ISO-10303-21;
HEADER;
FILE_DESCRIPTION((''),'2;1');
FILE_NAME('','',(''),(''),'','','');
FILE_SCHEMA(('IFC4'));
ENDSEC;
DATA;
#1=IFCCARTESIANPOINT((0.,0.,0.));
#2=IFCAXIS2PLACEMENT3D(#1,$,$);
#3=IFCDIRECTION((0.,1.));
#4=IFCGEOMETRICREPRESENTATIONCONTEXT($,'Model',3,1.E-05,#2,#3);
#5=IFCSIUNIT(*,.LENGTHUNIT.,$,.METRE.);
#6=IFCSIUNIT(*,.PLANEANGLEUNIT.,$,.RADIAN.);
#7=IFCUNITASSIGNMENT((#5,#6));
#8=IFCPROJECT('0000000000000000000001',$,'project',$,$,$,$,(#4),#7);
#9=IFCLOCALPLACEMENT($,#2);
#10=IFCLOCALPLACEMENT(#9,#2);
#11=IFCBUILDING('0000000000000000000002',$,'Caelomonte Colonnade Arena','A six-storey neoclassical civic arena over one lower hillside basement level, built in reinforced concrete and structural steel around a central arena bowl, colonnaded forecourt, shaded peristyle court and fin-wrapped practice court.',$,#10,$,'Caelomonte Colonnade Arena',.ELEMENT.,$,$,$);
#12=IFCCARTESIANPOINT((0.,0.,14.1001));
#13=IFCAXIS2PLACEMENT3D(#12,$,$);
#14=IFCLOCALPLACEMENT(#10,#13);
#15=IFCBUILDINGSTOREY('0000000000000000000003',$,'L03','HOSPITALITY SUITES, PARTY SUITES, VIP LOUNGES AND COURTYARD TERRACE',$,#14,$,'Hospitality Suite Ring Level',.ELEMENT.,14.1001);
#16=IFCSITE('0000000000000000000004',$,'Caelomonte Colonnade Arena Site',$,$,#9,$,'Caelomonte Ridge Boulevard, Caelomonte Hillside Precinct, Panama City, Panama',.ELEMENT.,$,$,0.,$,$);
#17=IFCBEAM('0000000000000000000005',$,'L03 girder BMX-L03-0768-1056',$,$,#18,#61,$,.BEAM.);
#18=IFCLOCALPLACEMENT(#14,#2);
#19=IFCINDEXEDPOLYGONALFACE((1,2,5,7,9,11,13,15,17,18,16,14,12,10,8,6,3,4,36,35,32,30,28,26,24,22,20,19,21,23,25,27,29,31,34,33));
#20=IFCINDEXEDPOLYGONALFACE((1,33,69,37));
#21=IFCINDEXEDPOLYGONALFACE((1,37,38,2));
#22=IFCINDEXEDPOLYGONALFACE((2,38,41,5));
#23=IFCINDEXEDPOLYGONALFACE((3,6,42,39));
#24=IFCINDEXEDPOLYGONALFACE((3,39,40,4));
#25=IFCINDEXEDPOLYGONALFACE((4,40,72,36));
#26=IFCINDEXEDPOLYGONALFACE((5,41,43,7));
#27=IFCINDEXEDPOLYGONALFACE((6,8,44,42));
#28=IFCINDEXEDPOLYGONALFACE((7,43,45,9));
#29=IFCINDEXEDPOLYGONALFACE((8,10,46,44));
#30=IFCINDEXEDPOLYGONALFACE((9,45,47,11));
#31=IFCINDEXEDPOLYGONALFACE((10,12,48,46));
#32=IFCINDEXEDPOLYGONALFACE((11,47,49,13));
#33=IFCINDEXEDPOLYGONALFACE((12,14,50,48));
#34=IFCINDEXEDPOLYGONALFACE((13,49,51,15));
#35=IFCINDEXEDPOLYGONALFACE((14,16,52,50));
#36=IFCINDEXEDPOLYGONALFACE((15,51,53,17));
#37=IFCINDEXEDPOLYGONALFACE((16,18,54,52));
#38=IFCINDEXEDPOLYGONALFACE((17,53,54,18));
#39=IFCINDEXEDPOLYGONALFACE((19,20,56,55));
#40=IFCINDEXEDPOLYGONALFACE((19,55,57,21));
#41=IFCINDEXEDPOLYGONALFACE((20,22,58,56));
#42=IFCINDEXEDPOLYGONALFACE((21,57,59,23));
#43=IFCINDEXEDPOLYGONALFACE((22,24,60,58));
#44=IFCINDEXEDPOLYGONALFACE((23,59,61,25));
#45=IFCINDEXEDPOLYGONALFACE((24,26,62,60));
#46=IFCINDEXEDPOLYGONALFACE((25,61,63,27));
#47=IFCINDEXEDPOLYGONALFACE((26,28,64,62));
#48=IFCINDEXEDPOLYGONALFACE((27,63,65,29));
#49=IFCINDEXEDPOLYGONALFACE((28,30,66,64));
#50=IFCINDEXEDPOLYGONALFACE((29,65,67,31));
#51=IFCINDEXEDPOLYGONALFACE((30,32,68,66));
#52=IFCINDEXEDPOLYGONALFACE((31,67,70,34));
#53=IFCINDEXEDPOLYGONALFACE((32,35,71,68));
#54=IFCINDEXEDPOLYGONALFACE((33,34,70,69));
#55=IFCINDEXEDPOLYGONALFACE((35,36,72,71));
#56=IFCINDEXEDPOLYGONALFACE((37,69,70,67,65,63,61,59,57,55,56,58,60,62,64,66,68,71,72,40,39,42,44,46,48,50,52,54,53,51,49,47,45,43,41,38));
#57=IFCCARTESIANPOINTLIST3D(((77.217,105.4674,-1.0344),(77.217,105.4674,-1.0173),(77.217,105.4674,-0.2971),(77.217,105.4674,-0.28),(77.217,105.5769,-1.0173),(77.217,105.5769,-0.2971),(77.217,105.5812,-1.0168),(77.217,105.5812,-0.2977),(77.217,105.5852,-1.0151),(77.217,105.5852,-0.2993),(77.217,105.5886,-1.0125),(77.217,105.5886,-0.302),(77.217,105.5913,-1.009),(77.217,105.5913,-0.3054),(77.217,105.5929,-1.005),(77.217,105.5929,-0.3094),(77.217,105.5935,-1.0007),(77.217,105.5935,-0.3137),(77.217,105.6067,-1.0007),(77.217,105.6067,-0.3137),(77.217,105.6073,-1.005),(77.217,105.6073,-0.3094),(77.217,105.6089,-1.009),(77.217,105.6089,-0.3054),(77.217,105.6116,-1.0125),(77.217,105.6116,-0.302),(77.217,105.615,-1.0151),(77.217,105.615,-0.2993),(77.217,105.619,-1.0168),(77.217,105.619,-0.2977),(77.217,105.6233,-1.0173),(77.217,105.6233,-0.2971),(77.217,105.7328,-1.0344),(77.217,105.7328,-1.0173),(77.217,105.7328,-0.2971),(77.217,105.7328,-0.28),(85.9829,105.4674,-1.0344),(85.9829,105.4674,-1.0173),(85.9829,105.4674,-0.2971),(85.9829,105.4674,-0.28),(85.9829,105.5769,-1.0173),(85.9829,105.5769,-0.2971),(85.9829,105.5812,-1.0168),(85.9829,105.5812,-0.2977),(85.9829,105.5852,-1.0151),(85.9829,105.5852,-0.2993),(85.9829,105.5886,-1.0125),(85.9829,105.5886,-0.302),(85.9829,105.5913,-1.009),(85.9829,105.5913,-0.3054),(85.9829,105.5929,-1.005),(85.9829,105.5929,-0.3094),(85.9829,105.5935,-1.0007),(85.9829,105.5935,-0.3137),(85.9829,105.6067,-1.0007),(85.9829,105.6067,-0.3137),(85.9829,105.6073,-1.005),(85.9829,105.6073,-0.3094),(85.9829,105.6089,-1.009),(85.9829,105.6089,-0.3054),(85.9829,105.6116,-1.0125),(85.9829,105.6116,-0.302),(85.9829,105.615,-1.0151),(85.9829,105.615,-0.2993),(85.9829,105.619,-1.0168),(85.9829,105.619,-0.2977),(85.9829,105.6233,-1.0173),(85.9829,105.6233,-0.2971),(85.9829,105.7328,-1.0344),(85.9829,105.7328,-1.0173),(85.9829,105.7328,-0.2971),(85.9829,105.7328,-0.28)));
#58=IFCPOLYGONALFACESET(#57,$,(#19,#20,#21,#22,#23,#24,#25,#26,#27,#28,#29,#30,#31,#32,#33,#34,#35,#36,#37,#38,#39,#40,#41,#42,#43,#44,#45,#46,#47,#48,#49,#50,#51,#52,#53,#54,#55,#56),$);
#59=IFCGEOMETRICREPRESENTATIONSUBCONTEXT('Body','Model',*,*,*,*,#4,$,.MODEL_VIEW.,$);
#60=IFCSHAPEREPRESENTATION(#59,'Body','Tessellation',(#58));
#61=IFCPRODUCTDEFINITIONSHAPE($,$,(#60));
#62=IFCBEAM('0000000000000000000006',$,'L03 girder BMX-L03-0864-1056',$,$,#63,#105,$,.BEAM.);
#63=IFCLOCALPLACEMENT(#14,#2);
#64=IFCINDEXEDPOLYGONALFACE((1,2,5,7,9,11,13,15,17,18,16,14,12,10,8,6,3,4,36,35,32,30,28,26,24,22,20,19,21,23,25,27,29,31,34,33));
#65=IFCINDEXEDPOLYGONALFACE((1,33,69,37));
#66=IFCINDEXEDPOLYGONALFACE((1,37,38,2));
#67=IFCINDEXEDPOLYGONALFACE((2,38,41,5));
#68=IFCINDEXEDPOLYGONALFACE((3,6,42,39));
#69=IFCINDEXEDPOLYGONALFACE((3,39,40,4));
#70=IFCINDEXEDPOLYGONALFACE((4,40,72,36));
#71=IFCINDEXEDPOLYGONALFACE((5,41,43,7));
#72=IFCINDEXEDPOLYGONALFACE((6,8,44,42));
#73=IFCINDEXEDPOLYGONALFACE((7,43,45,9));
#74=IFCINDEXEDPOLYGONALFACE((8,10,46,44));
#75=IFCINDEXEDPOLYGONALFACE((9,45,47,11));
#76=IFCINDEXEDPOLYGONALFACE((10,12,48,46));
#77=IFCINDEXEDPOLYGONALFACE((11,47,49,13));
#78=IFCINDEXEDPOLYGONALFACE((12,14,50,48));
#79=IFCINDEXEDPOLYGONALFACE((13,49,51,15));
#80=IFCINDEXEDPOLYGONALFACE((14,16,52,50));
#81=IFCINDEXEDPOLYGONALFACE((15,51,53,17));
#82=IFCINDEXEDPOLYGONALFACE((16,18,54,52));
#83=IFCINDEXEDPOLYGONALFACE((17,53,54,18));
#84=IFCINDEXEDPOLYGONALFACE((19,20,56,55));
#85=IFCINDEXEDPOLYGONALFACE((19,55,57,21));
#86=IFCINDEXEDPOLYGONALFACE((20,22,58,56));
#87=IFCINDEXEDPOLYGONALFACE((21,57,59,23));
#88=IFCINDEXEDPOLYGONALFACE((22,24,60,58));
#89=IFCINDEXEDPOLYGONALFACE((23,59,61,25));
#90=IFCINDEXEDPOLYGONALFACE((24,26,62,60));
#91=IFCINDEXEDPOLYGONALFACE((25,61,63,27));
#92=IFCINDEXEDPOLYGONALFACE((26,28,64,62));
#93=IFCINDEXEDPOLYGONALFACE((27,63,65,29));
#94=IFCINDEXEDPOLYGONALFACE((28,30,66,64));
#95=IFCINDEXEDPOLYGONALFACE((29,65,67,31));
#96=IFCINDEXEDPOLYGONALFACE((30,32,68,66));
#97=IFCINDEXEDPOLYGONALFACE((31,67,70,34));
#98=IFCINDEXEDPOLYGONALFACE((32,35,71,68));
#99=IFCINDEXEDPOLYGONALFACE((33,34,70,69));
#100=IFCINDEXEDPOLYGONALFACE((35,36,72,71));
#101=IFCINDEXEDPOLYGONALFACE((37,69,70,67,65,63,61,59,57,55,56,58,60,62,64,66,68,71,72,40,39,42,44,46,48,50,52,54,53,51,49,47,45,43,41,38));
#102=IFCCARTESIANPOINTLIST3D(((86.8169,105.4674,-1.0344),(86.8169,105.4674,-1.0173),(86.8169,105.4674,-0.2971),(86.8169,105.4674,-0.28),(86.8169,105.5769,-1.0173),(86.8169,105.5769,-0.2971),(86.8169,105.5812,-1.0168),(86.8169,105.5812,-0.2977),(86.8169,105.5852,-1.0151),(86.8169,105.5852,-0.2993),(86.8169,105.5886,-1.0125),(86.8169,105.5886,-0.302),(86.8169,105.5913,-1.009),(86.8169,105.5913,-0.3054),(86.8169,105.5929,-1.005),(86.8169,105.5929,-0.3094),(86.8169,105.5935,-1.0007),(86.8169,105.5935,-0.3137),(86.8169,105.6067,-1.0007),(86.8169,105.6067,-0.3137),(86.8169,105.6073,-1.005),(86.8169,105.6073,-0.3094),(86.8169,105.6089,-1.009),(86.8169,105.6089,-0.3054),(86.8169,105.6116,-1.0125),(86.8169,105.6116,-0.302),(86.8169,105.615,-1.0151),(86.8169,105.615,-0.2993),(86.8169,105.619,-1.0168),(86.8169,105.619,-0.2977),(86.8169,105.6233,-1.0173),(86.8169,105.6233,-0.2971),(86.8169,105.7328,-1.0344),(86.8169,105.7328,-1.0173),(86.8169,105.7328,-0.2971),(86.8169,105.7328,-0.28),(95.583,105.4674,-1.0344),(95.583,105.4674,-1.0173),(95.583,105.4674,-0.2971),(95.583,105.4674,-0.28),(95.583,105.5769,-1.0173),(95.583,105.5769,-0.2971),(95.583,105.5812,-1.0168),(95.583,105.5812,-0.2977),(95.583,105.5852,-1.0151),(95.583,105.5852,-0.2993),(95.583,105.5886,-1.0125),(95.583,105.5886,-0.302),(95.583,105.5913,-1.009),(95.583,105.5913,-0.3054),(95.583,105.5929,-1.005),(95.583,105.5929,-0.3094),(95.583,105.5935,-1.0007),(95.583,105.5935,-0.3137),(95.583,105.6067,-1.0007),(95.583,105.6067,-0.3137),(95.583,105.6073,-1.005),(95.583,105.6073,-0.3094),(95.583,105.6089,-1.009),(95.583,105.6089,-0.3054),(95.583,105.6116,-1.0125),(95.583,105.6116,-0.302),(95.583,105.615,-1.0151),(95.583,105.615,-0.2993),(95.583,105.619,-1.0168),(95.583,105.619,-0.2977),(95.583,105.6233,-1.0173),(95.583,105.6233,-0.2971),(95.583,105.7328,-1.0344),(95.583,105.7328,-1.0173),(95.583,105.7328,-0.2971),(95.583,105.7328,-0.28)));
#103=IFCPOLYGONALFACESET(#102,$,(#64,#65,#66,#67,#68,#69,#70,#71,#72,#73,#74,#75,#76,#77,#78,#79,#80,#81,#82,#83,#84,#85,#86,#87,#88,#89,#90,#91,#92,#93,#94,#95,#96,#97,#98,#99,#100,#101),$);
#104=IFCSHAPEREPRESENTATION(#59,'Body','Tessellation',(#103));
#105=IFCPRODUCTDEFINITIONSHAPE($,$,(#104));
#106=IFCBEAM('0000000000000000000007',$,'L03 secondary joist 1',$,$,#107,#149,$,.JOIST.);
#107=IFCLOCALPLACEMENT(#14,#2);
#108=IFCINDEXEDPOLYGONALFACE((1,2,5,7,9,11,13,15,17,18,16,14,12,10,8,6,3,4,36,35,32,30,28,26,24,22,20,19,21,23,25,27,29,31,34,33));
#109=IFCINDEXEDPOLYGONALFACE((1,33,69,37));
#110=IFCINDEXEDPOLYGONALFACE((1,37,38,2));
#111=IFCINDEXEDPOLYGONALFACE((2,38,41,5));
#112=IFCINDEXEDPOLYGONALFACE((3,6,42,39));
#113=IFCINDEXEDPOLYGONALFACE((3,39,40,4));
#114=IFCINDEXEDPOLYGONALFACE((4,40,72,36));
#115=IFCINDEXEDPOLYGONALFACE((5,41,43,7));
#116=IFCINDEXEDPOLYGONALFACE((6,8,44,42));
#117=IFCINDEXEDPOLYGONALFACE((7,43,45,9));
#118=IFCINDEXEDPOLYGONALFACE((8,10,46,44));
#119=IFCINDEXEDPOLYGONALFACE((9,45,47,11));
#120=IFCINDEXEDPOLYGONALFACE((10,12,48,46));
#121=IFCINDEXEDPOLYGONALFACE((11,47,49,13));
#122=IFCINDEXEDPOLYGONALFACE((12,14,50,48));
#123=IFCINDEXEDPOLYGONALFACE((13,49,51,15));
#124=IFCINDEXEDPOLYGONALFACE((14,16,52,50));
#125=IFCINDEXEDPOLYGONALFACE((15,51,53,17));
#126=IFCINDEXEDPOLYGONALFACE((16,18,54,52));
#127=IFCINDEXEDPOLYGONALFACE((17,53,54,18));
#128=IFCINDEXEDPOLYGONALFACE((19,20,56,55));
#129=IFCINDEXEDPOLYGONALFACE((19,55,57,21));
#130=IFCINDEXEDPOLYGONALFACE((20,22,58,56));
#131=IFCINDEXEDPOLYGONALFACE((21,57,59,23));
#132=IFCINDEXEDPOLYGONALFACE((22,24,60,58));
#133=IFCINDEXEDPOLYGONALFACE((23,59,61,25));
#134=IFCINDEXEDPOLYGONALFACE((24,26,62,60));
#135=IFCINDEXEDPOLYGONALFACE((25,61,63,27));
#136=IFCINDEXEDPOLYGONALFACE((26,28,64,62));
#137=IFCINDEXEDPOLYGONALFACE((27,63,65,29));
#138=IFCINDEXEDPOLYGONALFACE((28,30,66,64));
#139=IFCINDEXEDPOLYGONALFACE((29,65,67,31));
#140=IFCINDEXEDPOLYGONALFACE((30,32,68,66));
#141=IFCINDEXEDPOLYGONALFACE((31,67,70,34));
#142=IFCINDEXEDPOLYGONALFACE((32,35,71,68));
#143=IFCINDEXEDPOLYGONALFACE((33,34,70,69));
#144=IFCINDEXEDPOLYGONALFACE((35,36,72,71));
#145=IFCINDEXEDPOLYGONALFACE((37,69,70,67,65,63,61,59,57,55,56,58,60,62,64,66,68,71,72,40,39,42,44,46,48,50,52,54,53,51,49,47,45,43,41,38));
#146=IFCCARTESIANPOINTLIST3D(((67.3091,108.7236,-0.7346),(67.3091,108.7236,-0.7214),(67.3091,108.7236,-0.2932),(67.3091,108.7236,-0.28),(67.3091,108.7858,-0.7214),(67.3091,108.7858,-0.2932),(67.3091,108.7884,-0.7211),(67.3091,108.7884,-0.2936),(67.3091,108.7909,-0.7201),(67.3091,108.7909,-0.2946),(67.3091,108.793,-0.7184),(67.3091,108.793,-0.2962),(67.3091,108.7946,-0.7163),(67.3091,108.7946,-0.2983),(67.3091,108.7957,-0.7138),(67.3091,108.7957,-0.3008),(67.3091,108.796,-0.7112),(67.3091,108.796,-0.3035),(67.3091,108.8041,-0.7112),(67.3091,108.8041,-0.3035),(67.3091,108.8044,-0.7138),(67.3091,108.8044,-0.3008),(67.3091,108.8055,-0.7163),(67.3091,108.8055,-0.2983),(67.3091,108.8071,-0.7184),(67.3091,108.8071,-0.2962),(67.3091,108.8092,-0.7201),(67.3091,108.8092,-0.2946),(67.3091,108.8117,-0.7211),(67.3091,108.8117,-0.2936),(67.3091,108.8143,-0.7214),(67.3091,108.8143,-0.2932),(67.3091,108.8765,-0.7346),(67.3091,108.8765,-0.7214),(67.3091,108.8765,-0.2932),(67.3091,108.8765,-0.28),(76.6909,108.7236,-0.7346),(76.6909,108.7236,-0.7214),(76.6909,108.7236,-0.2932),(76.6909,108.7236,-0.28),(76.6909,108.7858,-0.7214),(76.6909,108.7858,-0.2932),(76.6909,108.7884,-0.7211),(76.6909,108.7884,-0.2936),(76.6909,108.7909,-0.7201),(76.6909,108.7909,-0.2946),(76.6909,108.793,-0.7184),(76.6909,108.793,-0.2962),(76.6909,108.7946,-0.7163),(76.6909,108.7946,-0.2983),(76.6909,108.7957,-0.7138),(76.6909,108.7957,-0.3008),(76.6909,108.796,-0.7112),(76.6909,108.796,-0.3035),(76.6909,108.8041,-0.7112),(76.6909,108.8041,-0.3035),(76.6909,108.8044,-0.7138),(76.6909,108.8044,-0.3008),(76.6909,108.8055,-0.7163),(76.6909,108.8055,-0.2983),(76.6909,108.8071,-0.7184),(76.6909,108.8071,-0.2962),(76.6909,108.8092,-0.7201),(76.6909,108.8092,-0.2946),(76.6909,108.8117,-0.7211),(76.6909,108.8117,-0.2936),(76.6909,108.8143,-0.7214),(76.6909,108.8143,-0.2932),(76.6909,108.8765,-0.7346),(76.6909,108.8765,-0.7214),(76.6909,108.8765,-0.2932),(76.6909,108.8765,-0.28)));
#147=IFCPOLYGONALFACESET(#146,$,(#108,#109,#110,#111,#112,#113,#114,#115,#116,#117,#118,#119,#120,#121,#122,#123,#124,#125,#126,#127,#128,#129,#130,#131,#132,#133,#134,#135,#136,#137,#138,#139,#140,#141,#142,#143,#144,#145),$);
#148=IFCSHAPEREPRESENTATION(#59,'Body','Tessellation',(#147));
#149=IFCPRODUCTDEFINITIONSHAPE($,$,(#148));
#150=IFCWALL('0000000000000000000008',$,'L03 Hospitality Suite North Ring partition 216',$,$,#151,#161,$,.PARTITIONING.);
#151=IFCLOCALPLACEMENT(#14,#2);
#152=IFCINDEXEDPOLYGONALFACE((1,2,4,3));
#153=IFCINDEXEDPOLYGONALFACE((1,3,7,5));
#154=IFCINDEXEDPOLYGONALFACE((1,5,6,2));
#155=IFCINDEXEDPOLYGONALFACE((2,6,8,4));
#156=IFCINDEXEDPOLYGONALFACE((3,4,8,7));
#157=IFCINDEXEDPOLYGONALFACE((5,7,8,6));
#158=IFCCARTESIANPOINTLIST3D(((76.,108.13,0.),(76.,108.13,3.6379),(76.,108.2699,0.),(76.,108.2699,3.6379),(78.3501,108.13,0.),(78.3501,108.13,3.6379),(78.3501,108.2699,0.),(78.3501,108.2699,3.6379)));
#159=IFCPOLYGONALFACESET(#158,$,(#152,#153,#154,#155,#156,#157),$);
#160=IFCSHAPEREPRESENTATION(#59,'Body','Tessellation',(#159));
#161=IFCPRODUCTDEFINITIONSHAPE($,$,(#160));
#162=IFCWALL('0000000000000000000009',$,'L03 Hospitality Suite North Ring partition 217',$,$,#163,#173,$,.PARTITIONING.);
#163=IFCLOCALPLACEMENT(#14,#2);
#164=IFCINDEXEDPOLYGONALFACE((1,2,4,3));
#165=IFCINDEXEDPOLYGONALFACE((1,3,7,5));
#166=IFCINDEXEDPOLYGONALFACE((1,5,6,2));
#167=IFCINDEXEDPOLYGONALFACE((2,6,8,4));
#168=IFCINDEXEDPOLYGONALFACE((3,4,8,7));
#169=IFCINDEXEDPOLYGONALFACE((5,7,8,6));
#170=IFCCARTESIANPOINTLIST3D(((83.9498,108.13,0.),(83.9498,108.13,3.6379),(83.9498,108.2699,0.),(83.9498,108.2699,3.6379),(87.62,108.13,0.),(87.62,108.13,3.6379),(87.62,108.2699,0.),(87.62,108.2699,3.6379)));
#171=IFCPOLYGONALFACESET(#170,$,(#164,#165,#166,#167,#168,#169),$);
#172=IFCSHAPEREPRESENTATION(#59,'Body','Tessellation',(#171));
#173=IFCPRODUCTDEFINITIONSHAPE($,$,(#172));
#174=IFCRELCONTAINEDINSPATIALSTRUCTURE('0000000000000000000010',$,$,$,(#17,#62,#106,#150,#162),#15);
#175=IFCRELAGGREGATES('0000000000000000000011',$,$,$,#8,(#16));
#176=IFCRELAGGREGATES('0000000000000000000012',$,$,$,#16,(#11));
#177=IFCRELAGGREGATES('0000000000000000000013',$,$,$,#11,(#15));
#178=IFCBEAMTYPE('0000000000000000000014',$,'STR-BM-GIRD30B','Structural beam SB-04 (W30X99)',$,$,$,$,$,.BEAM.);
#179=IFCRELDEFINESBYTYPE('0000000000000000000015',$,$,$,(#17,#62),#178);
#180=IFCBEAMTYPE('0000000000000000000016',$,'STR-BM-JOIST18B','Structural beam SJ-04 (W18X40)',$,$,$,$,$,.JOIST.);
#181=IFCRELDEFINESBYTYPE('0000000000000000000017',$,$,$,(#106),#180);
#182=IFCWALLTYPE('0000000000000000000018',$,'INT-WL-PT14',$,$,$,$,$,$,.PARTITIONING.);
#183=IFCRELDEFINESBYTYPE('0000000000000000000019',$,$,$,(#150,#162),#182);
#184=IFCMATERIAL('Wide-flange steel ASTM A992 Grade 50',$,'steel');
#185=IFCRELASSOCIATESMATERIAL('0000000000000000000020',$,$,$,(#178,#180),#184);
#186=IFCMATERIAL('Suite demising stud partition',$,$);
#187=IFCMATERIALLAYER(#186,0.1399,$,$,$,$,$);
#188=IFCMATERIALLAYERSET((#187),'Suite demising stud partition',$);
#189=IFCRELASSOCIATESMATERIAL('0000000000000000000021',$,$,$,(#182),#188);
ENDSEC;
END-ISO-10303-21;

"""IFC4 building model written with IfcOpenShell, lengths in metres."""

from ifc_helpers import new_model, si_unit, direction, frame, frame_2d, origin, origin_2d, place, context, subcontext, project, spatial, rectangle, i_section, extrude, material, layer, layer_set, material_profile, profile_set, type_object, element, save


model = new_model("IFC4")

# Units and contexts
model_context = context("Model", 3, precision=1e-05, world=origin(), true_north=direction((0.0, 1.0)))
body_context = subcontext(model_context, "Body", "Model", "MODEL_VIEW")
ifc_project = project(units=[si_unit("LENGTHUNIT", "METRE"), si_unit("PLANEANGLEUNIT", "RADIAN")], contexts=[model_context])

# Site, building, storey
site_placement = place(None, origin())
site = spatial("IfcSite", under=ifc_project, at=site_placement, Name="Caelomonte Colonnade Arena Site", LongName="Caelomonte Ridge Boulevard, Caelomonte Hillside Precinct, Panama City, Panama", CompositionType="ELEMENT", RefElevation=0.0)
building_placement = place(site_placement, origin())
building = spatial("IfcBuilding", under=site, at=building_placement, Name="Caelomonte Colonnade Arena", Description="A six-storey neoclassical civic arena over one lower hillside basement level, built in reinforced concrete and structural steel around a central arena bowl, colonnaded forecourt, shaded peristyle court and fin-wrapped practice court.", LongName="Caelomonte Colonnade Arena", CompositionType="ELEMENT")
storey_placement = place(building_placement, frame((0.0, 0.0, 14.1001)))
storey = spatial("IfcBuildingStorey", under=building, at=storey_placement, Name="L03", Description="HOSPITALITY SUITES, PARTY SUITES, VIP LOUNGES AND COURTYARD TERRACE", LongName="Hospitality Suite Ring Level", CompositionType="ELEMENT", Elevation=14.1001)

# Beams
ifc_material_1 = material(Name="Wide-flange steel ASTM A992 Grade 50", Category="steel")
ifc_material_profile_1 = material_profile(ifc_material_1, i_section(OverallWidth=0.2654, OverallDepth=0.7544, WebThickness=0.0132, FlangeThickness=0.0171, FilletRadius=0.0166, at=origin_2d()), Name="W30X99")
ifc_profile_set_1 = profile_set([ifc_material_profile_1], Name="Wide-flange steel ASTM A992 Grade 50")
beam_type_1 = type_object("IfcBeamType", Name="STR-BM-GIRD30B", Description="Structural beam SB-04 (W30X99)", PredefinedType="BEAM", material=ifc_profile_set_1)
beam_1_placement = place(storey_placement, frame((77.217, 105.6001, -0.6572), z_axis=(1.0, 0.0, 0.0), x_axis=(0.0, 1.0, 0.0)))
element("IfcBeam", 1, at=beam_1_placement, inside=storey, type_object=beam_type_1, Name="L03 girder BMX-L03-0768-1056", PredefinedType="BEAM", context=body_context, shape_type="SweptSolid", body=[
    extrude(i_section(OverallWidth=0.2654, OverallDepth=0.7544, WebThickness=0.0132, FlangeThickness=0.0171, FilletRadius=0.0166, at=origin_2d()), origin(), (0.0, 0.0, 1.0), 8.7659),
])
beam_2_placement = place(storey_placement, frame((86.8169, 105.6001, -0.6572), z_axis=(1.0, 0.0, 0.0), x_axis=(0.0, 1.0, 0.0)))
element("IfcBeam", 2, at=beam_2_placement, inside=storey, type_object=beam_type_1, Name="L03 girder BMX-L03-0864-1056", PredefinedType="BEAM", context=body_context, shape_type="SweptSolid", body=[
    extrude(i_section(OverallWidth=0.2654, OverallDepth=0.7544, WebThickness=0.0132, FlangeThickness=0.0171, FilletRadius=0.0166, at=origin_2d()), origin(), (0.0, 0.0, 1.0), 8.7661),
])
ifc_material_profile_2 = material_profile(ifc_material_1, i_section(OverallWidth=0.1528, OverallDepth=0.4546, WebThickness=0.0081, FlangeThickness=0.0132, FilletRadius=0.0103, at=origin_2d()), Name="W18X40")
ifc_profile_set_2 = profile_set([ifc_material_profile_2], Name="Wide-flange steel ASTM A992 Grade 50")
beam_type_2 = type_object("IfcBeamType", Name="STR-BM-JOIST18B", Description="Structural beam SJ-04 (W18X40)", PredefinedType="JOIST", material=ifc_profile_set_2)
beam_3_placement = place(storey_placement, frame((67.3091, 108.8, -0.5073), z_axis=(1.0, 0.0, 0.0), x_axis=(0.0, 1.0, 0.0)))
element("IfcBeam", 3, at=beam_3_placement, inside=storey, type_object=beam_type_2, Name="L03 secondary joist 1", PredefinedType="JOIST", context=body_context, shape_type="SweptSolid", body=[
    extrude(i_section(OverallWidth=0.1528, OverallDepth=0.4546, WebThickness=0.0081, FlangeThickness=0.0132, FilletRadius=0.0103, at=origin_2d()), origin(), (0.0, 0.0, 1.0), 9.3818),
])

# Walls
ifc_material_2 = material(Name="Suite demising stud partition")
ifc_layer_1 = layer(ifc_material_2, 0.1399)
ifc_layer_set_1 = layer_set([ifc_layer_1], Name="Suite demising stud partition")
wall_type_1 = type_object("IfcWallType", Name="INT-WL-PT14", PredefinedType="PARTITIONING", material=ifc_layer_set_1)
wall_1_placement = place(storey_placement, frame((76.0, 108.2, 0.0), z_axis=(0.0, 0.0, 1.0), x_axis=(1.0, 0.0, 0.0)))
element("IfcWall", 4, at=wall_1_placement, inside=storey, type_object=wall_type_1, Name="L03 Hospitality Suite North Ring partition 216", PredefinedType="PARTITIONING", context=body_context, shape_type="SweptSolid", body=[
    extrude(rectangle(XDim=2.3501, YDim=0.1399, at=frame_2d((1.175, 0.0))), origin(), (0.0, 0.0, 1.0), 3.6379),
])
wall_2_placement = place(storey_placement, frame((83.95, 108.2, 0.0), z_axis=(0.0, 0.0, 1.0), x_axis=(1.0, 0.0, 0.0)))
element("IfcWall", 5, at=wall_2_placement, inside=storey, type_object=wall_type_1, Name="L03 Hospitality Suite North Ring partition 217", PredefinedType="PARTITIONING", context=body_context, shape_type="SweptSolid", body=[
    extrude(rectangle(XDim=3.6702, YDim=0.1399, at=frame_2d((1.835, 0.0))), origin(), (0.0, 0.0, 1.0), 3.6379),
])

save(model, "model.ifc")
